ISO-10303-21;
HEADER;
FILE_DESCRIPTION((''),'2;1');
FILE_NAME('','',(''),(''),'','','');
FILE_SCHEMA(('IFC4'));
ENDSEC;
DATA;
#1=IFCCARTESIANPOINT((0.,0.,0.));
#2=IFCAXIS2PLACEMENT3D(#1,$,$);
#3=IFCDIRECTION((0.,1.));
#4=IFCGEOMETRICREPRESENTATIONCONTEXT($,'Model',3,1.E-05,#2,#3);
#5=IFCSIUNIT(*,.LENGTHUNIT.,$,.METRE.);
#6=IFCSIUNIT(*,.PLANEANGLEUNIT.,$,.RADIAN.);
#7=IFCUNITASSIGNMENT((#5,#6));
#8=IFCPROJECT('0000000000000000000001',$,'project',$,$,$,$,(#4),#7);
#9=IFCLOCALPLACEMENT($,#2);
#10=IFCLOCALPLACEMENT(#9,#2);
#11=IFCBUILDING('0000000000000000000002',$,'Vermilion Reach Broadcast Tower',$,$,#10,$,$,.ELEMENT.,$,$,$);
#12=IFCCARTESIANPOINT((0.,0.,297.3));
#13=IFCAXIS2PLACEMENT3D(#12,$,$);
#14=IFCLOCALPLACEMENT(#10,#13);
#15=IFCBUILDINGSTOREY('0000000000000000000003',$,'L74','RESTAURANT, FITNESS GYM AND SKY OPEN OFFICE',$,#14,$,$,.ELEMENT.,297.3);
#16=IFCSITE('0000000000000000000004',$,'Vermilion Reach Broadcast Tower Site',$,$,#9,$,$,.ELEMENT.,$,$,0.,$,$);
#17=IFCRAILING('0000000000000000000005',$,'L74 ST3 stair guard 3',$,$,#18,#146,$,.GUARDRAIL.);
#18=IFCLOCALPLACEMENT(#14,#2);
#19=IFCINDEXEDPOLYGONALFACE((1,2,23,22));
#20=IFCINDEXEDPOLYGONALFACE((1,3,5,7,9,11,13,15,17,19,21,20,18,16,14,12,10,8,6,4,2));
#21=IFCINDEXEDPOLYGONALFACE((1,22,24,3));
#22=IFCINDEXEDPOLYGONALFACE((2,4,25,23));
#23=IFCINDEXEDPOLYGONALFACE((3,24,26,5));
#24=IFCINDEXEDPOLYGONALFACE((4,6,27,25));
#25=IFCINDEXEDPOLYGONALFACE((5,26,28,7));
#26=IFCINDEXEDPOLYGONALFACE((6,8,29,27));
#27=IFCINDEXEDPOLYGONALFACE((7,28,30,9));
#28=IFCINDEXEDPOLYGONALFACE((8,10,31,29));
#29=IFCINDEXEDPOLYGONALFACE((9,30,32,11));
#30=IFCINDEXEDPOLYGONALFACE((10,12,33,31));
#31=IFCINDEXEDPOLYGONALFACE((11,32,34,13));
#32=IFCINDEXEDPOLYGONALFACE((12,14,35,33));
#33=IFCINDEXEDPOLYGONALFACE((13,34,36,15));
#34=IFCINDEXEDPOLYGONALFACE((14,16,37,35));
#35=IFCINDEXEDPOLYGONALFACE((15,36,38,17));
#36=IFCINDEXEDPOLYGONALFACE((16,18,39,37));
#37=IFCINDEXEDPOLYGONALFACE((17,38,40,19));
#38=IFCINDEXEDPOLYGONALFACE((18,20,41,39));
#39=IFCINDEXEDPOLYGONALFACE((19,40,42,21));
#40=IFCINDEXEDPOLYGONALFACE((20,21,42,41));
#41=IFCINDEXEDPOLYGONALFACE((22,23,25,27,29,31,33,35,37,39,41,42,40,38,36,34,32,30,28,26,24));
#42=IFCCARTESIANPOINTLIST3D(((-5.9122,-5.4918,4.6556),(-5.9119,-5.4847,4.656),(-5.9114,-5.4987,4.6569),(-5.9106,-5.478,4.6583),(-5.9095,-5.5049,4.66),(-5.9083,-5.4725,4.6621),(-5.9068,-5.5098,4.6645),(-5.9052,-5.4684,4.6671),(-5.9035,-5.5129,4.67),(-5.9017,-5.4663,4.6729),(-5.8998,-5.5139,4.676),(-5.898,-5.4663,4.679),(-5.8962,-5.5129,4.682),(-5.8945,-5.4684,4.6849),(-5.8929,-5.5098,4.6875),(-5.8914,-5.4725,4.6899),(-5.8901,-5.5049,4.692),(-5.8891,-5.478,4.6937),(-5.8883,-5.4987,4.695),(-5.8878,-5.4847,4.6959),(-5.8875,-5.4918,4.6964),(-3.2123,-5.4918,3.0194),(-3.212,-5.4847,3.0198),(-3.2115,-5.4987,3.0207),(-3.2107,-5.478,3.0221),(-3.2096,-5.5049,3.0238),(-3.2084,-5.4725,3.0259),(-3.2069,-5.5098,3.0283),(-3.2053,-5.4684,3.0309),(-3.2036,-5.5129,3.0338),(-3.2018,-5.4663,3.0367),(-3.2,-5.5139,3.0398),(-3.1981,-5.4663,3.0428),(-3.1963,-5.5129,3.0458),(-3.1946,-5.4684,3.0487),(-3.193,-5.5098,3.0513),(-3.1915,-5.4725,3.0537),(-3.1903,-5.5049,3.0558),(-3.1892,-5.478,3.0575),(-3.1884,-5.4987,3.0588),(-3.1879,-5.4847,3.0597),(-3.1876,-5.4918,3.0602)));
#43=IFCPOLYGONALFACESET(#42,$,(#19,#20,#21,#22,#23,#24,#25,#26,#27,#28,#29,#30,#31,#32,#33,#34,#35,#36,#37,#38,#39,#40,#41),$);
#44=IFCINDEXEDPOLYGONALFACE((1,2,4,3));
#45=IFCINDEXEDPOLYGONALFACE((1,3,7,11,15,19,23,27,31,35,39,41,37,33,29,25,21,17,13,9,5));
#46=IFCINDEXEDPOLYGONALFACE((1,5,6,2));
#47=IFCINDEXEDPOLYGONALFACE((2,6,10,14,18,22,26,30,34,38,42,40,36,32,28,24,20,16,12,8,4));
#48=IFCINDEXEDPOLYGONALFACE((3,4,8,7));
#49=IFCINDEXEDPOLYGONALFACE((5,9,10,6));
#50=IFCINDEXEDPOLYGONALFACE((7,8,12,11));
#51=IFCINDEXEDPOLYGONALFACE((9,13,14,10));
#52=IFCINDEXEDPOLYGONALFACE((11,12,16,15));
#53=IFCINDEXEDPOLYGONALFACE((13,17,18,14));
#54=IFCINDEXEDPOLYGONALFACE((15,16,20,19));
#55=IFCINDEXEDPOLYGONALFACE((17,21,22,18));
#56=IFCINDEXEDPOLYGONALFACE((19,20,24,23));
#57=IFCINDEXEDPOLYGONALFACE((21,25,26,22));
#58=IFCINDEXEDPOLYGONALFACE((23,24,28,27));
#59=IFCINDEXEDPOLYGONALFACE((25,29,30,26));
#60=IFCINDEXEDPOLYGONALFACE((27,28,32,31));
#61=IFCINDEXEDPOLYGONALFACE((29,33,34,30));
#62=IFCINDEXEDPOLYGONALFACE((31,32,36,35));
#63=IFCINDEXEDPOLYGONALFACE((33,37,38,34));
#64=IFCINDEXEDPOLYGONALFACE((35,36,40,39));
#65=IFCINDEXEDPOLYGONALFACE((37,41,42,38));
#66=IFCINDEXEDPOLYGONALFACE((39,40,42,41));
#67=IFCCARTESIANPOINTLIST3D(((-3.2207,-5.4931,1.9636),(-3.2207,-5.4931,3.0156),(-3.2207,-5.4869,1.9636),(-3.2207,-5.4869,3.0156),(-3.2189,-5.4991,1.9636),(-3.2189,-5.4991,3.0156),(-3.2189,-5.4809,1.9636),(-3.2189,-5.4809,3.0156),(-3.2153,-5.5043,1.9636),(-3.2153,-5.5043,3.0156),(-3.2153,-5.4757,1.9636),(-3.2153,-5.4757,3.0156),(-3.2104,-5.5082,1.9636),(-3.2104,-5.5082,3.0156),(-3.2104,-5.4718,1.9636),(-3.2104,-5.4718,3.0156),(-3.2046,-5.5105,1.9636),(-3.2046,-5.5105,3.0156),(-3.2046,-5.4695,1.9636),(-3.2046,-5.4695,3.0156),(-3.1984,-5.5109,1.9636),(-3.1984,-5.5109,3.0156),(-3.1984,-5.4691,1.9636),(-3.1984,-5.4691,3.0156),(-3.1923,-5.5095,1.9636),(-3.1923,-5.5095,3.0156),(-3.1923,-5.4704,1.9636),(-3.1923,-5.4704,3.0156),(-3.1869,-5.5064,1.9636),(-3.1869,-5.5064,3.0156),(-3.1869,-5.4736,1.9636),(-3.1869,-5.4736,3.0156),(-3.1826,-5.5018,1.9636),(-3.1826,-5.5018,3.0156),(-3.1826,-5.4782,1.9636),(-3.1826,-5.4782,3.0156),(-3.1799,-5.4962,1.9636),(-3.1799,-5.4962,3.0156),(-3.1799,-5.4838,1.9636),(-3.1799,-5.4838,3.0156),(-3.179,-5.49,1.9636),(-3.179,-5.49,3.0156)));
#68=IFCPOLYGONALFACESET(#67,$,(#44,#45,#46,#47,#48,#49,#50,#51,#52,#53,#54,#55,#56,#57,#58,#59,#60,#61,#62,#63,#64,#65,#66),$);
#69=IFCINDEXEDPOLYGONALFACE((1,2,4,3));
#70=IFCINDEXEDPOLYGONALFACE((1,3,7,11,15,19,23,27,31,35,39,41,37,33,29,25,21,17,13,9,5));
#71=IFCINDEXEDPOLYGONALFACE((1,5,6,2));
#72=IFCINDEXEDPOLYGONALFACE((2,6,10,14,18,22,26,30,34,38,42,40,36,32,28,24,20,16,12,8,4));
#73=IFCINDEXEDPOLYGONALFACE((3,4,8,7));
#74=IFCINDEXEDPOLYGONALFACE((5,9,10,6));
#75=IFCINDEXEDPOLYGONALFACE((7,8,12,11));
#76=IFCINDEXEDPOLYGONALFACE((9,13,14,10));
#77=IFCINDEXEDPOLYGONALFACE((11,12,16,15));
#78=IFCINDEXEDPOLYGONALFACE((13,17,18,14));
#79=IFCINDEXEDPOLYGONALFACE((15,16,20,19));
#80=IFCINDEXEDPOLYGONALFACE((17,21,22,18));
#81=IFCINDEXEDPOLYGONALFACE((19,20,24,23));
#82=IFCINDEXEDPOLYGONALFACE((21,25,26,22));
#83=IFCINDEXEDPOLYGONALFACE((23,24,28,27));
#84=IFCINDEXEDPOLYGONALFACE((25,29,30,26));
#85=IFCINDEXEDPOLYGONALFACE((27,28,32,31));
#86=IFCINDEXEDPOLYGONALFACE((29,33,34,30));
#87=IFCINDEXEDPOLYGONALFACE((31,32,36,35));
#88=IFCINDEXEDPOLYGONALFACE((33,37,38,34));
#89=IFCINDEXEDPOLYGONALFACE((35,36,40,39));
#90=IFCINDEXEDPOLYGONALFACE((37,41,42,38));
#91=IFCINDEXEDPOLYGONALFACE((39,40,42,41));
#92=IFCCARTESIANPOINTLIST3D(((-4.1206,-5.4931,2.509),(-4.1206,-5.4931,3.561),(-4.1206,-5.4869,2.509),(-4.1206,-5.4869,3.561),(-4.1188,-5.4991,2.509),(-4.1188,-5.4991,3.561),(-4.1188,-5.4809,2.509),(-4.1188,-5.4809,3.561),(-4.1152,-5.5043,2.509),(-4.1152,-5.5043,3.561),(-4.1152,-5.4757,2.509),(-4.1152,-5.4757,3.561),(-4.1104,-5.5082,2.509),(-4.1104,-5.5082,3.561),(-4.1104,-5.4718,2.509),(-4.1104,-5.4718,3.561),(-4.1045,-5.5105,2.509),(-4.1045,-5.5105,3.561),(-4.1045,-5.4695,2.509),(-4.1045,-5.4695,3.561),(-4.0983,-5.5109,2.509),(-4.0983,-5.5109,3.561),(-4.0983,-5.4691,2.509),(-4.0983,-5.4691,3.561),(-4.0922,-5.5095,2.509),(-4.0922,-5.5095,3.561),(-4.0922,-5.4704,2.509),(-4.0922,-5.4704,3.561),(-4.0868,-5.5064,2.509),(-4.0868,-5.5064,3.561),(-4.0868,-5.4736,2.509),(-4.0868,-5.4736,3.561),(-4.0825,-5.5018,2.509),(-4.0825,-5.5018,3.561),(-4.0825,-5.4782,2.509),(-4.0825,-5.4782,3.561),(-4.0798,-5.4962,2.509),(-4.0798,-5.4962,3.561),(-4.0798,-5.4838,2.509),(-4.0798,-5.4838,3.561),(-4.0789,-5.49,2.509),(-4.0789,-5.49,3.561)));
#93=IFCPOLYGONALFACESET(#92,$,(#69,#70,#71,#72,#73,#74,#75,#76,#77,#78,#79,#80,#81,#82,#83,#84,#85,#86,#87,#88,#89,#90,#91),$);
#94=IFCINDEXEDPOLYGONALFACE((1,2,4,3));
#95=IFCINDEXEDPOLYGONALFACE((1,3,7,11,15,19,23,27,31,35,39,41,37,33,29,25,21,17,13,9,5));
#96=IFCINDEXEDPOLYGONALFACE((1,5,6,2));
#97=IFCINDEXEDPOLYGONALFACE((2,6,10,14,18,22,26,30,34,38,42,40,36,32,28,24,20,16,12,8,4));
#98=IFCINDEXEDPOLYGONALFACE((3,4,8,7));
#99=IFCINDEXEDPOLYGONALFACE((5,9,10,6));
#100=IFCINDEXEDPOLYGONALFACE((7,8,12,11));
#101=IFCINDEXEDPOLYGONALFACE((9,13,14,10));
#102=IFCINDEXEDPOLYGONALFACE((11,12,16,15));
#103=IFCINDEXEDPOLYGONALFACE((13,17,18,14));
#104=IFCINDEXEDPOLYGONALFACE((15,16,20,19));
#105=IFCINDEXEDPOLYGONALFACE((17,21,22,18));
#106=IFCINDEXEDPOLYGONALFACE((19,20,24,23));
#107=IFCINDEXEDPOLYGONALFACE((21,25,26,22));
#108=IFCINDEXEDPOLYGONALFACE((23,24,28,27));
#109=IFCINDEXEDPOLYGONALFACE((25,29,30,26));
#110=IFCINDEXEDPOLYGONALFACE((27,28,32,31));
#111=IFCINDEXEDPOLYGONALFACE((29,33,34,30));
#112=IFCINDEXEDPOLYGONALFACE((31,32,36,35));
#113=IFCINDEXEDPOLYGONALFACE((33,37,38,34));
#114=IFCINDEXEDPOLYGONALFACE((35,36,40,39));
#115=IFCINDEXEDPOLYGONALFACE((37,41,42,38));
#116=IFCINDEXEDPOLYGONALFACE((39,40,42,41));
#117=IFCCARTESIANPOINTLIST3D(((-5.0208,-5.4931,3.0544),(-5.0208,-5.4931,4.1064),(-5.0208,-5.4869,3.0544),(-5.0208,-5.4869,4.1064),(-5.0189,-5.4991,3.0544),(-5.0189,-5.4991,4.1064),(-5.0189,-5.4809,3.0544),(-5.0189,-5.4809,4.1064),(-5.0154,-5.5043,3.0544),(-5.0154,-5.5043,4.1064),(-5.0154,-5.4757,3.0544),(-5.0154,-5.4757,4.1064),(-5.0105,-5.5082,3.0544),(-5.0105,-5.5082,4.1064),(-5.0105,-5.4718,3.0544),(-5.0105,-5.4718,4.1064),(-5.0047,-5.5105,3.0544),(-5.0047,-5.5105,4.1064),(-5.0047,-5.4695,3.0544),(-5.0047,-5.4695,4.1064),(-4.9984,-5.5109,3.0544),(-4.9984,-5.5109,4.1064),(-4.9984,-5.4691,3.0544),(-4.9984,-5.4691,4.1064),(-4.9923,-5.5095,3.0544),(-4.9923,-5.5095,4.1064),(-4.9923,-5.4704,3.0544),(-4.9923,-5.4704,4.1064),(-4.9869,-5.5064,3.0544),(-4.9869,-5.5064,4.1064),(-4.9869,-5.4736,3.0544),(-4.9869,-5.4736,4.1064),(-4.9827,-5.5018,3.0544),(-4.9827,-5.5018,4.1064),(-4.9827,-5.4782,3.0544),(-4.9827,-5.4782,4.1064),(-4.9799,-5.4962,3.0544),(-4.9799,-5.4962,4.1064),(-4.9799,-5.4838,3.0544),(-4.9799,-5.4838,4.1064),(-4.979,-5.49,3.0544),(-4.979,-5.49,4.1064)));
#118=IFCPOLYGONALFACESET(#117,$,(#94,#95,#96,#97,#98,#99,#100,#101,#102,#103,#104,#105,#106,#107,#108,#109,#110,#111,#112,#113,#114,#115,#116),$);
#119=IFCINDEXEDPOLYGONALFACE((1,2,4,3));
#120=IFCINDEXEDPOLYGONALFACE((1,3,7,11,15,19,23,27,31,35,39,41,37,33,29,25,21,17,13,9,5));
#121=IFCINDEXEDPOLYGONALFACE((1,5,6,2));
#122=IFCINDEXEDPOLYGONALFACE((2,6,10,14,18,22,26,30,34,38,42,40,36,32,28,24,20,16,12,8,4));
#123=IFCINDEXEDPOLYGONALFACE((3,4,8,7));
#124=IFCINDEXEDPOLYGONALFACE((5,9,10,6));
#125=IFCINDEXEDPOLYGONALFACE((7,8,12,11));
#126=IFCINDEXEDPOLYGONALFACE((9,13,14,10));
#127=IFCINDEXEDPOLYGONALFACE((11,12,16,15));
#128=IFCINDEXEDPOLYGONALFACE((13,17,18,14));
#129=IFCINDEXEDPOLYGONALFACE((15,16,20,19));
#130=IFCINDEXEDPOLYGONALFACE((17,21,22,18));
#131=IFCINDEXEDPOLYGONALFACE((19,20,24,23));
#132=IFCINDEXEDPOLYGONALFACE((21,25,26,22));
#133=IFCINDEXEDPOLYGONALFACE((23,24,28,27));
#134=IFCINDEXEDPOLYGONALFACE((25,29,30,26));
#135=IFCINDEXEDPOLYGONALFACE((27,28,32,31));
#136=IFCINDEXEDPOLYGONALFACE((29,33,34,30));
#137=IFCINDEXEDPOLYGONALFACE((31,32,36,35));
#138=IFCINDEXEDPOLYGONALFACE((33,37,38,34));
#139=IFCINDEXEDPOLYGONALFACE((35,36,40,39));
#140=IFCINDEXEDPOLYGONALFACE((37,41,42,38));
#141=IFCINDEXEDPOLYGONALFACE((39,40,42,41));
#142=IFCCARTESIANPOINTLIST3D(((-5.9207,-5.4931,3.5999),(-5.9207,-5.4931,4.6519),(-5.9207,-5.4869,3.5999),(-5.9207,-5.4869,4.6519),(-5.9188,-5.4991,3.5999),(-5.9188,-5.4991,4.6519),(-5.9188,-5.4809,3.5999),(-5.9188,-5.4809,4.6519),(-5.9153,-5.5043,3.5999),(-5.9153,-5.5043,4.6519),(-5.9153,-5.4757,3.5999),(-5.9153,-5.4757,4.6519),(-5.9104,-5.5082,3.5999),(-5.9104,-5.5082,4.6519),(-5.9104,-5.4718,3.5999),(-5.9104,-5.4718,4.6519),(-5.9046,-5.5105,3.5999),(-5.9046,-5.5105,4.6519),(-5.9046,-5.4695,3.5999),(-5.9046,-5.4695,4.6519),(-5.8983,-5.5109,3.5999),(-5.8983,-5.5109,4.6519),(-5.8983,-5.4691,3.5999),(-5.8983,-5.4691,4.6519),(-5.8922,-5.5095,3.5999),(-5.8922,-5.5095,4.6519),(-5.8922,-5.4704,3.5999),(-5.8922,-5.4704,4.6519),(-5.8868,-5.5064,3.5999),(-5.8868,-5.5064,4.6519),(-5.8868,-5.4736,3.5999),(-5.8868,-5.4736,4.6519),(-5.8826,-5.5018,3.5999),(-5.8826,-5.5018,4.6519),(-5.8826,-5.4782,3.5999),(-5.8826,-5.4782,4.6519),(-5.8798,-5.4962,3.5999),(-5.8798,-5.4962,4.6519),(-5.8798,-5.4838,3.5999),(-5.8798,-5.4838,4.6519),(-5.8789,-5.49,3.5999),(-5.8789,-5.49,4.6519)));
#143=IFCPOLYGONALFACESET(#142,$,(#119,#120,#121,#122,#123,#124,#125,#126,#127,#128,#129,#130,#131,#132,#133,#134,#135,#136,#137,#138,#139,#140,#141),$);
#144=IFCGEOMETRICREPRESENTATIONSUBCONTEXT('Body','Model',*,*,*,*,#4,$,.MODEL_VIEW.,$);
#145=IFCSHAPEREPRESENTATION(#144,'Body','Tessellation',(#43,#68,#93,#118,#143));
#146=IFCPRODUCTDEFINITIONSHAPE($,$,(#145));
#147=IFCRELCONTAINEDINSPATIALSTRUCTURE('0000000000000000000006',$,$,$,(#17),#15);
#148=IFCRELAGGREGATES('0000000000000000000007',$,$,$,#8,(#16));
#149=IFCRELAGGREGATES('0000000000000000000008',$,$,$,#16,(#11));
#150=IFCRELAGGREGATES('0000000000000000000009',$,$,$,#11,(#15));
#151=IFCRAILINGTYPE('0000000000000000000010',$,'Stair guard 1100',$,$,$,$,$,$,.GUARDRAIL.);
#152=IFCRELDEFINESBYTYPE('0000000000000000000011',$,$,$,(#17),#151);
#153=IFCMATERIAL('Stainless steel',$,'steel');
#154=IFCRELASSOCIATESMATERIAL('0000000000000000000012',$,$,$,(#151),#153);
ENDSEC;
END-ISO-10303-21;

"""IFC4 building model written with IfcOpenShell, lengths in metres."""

from ifc_helpers import new_model, si_unit, direction, frame, origin, origin_2d, place, context, subcontext, project, spatial, circle, extrude, material, type_object, element, save


model = new_model("IFC4")

# Units and contexts
model_context = context("Model", 3, precision=1e-05, world=origin(), true_north=direction((0.0, 1.0)))
body_context = subcontext(model_context, "Body", "Model", "MODEL_VIEW")
ifc_project = project(units=[si_unit("LENGTHUNIT", "METRE"), si_unit("PLANEANGLEUNIT", "RADIAN")], contexts=[model_context])

# Site, building, storey
site_placement = place(None, origin())
site = spatial("IfcSite", under=ifc_project, at=site_placement, Name="Vermilion Reach Broadcast Tower Site", CompositionType="ELEMENT", RefElevation=0.0)
building_placement = place(site_placement, origin())
building = spatial("IfcBuilding", under=site, at=building_placement, Name="Vermilion Reach Broadcast Tower", CompositionType="ELEMENT")
storey_placement = place(building_placement, frame((0.0, 0.0, 297.3)))
storey = spatial("IfcBuildingStorey", under=building, at=storey_placement, Name="L74", Description="RESTAURANT, FITNESS GYM AND SKY OPEN OFFICE", CompositionType="ELEMENT", Elevation=297.3)

# Railing
ifc_material_1 = material(Name="Stainless steel", Category="steel")
railing_type_1 = type_object("IfcRailingType", Name="Stair guard 1100", PredefinedType="GUARDRAIL", material=ifc_material_1)
railing_1_placement = place(storey_placement, frame((-3.2, -5.49, 1.9636)))
element("IfcRailing", 1, at=railing_1_placement, inside=storey, type_object=railing_type_1, Name="L74 ST3 stair guard 3", PredefinedType="GUARDRAIL", context=body_context, shape_type="SweptSolid", body=[
    extrude(circle(Radius=0.0239, at=origin_2d()), frame((0.0, 0.0, 1.0762), z_axis=(-0.855212, 0.0, 0.518278), x_axis=(0.0, -1.0, 0.0)), (0.0, 0.0, 1.0), 3.157),
    extrude(circle(Radius=0.021, at=origin_2d()), origin(), (0.0, 0.0, 1.0), 1.052),
    extrude(circle(Radius=0.021, at=origin_2d()), frame((-0.8999, 0.0, 0.5454)), (0.0, 0.0, 1.0), 1.052),
    extrude(circle(Radius=0.021, at=origin_2d()), frame((-1.8, 0.0, 1.0908)), (0.0, 0.0, 1.0), 1.052),
    extrude(circle(Radius=0.021, at=origin_2d()), frame((-2.7, 0.0, 1.6362)), (0.0, 0.0, 1.0), 1.052),
])

save(model, "model.ifc")
